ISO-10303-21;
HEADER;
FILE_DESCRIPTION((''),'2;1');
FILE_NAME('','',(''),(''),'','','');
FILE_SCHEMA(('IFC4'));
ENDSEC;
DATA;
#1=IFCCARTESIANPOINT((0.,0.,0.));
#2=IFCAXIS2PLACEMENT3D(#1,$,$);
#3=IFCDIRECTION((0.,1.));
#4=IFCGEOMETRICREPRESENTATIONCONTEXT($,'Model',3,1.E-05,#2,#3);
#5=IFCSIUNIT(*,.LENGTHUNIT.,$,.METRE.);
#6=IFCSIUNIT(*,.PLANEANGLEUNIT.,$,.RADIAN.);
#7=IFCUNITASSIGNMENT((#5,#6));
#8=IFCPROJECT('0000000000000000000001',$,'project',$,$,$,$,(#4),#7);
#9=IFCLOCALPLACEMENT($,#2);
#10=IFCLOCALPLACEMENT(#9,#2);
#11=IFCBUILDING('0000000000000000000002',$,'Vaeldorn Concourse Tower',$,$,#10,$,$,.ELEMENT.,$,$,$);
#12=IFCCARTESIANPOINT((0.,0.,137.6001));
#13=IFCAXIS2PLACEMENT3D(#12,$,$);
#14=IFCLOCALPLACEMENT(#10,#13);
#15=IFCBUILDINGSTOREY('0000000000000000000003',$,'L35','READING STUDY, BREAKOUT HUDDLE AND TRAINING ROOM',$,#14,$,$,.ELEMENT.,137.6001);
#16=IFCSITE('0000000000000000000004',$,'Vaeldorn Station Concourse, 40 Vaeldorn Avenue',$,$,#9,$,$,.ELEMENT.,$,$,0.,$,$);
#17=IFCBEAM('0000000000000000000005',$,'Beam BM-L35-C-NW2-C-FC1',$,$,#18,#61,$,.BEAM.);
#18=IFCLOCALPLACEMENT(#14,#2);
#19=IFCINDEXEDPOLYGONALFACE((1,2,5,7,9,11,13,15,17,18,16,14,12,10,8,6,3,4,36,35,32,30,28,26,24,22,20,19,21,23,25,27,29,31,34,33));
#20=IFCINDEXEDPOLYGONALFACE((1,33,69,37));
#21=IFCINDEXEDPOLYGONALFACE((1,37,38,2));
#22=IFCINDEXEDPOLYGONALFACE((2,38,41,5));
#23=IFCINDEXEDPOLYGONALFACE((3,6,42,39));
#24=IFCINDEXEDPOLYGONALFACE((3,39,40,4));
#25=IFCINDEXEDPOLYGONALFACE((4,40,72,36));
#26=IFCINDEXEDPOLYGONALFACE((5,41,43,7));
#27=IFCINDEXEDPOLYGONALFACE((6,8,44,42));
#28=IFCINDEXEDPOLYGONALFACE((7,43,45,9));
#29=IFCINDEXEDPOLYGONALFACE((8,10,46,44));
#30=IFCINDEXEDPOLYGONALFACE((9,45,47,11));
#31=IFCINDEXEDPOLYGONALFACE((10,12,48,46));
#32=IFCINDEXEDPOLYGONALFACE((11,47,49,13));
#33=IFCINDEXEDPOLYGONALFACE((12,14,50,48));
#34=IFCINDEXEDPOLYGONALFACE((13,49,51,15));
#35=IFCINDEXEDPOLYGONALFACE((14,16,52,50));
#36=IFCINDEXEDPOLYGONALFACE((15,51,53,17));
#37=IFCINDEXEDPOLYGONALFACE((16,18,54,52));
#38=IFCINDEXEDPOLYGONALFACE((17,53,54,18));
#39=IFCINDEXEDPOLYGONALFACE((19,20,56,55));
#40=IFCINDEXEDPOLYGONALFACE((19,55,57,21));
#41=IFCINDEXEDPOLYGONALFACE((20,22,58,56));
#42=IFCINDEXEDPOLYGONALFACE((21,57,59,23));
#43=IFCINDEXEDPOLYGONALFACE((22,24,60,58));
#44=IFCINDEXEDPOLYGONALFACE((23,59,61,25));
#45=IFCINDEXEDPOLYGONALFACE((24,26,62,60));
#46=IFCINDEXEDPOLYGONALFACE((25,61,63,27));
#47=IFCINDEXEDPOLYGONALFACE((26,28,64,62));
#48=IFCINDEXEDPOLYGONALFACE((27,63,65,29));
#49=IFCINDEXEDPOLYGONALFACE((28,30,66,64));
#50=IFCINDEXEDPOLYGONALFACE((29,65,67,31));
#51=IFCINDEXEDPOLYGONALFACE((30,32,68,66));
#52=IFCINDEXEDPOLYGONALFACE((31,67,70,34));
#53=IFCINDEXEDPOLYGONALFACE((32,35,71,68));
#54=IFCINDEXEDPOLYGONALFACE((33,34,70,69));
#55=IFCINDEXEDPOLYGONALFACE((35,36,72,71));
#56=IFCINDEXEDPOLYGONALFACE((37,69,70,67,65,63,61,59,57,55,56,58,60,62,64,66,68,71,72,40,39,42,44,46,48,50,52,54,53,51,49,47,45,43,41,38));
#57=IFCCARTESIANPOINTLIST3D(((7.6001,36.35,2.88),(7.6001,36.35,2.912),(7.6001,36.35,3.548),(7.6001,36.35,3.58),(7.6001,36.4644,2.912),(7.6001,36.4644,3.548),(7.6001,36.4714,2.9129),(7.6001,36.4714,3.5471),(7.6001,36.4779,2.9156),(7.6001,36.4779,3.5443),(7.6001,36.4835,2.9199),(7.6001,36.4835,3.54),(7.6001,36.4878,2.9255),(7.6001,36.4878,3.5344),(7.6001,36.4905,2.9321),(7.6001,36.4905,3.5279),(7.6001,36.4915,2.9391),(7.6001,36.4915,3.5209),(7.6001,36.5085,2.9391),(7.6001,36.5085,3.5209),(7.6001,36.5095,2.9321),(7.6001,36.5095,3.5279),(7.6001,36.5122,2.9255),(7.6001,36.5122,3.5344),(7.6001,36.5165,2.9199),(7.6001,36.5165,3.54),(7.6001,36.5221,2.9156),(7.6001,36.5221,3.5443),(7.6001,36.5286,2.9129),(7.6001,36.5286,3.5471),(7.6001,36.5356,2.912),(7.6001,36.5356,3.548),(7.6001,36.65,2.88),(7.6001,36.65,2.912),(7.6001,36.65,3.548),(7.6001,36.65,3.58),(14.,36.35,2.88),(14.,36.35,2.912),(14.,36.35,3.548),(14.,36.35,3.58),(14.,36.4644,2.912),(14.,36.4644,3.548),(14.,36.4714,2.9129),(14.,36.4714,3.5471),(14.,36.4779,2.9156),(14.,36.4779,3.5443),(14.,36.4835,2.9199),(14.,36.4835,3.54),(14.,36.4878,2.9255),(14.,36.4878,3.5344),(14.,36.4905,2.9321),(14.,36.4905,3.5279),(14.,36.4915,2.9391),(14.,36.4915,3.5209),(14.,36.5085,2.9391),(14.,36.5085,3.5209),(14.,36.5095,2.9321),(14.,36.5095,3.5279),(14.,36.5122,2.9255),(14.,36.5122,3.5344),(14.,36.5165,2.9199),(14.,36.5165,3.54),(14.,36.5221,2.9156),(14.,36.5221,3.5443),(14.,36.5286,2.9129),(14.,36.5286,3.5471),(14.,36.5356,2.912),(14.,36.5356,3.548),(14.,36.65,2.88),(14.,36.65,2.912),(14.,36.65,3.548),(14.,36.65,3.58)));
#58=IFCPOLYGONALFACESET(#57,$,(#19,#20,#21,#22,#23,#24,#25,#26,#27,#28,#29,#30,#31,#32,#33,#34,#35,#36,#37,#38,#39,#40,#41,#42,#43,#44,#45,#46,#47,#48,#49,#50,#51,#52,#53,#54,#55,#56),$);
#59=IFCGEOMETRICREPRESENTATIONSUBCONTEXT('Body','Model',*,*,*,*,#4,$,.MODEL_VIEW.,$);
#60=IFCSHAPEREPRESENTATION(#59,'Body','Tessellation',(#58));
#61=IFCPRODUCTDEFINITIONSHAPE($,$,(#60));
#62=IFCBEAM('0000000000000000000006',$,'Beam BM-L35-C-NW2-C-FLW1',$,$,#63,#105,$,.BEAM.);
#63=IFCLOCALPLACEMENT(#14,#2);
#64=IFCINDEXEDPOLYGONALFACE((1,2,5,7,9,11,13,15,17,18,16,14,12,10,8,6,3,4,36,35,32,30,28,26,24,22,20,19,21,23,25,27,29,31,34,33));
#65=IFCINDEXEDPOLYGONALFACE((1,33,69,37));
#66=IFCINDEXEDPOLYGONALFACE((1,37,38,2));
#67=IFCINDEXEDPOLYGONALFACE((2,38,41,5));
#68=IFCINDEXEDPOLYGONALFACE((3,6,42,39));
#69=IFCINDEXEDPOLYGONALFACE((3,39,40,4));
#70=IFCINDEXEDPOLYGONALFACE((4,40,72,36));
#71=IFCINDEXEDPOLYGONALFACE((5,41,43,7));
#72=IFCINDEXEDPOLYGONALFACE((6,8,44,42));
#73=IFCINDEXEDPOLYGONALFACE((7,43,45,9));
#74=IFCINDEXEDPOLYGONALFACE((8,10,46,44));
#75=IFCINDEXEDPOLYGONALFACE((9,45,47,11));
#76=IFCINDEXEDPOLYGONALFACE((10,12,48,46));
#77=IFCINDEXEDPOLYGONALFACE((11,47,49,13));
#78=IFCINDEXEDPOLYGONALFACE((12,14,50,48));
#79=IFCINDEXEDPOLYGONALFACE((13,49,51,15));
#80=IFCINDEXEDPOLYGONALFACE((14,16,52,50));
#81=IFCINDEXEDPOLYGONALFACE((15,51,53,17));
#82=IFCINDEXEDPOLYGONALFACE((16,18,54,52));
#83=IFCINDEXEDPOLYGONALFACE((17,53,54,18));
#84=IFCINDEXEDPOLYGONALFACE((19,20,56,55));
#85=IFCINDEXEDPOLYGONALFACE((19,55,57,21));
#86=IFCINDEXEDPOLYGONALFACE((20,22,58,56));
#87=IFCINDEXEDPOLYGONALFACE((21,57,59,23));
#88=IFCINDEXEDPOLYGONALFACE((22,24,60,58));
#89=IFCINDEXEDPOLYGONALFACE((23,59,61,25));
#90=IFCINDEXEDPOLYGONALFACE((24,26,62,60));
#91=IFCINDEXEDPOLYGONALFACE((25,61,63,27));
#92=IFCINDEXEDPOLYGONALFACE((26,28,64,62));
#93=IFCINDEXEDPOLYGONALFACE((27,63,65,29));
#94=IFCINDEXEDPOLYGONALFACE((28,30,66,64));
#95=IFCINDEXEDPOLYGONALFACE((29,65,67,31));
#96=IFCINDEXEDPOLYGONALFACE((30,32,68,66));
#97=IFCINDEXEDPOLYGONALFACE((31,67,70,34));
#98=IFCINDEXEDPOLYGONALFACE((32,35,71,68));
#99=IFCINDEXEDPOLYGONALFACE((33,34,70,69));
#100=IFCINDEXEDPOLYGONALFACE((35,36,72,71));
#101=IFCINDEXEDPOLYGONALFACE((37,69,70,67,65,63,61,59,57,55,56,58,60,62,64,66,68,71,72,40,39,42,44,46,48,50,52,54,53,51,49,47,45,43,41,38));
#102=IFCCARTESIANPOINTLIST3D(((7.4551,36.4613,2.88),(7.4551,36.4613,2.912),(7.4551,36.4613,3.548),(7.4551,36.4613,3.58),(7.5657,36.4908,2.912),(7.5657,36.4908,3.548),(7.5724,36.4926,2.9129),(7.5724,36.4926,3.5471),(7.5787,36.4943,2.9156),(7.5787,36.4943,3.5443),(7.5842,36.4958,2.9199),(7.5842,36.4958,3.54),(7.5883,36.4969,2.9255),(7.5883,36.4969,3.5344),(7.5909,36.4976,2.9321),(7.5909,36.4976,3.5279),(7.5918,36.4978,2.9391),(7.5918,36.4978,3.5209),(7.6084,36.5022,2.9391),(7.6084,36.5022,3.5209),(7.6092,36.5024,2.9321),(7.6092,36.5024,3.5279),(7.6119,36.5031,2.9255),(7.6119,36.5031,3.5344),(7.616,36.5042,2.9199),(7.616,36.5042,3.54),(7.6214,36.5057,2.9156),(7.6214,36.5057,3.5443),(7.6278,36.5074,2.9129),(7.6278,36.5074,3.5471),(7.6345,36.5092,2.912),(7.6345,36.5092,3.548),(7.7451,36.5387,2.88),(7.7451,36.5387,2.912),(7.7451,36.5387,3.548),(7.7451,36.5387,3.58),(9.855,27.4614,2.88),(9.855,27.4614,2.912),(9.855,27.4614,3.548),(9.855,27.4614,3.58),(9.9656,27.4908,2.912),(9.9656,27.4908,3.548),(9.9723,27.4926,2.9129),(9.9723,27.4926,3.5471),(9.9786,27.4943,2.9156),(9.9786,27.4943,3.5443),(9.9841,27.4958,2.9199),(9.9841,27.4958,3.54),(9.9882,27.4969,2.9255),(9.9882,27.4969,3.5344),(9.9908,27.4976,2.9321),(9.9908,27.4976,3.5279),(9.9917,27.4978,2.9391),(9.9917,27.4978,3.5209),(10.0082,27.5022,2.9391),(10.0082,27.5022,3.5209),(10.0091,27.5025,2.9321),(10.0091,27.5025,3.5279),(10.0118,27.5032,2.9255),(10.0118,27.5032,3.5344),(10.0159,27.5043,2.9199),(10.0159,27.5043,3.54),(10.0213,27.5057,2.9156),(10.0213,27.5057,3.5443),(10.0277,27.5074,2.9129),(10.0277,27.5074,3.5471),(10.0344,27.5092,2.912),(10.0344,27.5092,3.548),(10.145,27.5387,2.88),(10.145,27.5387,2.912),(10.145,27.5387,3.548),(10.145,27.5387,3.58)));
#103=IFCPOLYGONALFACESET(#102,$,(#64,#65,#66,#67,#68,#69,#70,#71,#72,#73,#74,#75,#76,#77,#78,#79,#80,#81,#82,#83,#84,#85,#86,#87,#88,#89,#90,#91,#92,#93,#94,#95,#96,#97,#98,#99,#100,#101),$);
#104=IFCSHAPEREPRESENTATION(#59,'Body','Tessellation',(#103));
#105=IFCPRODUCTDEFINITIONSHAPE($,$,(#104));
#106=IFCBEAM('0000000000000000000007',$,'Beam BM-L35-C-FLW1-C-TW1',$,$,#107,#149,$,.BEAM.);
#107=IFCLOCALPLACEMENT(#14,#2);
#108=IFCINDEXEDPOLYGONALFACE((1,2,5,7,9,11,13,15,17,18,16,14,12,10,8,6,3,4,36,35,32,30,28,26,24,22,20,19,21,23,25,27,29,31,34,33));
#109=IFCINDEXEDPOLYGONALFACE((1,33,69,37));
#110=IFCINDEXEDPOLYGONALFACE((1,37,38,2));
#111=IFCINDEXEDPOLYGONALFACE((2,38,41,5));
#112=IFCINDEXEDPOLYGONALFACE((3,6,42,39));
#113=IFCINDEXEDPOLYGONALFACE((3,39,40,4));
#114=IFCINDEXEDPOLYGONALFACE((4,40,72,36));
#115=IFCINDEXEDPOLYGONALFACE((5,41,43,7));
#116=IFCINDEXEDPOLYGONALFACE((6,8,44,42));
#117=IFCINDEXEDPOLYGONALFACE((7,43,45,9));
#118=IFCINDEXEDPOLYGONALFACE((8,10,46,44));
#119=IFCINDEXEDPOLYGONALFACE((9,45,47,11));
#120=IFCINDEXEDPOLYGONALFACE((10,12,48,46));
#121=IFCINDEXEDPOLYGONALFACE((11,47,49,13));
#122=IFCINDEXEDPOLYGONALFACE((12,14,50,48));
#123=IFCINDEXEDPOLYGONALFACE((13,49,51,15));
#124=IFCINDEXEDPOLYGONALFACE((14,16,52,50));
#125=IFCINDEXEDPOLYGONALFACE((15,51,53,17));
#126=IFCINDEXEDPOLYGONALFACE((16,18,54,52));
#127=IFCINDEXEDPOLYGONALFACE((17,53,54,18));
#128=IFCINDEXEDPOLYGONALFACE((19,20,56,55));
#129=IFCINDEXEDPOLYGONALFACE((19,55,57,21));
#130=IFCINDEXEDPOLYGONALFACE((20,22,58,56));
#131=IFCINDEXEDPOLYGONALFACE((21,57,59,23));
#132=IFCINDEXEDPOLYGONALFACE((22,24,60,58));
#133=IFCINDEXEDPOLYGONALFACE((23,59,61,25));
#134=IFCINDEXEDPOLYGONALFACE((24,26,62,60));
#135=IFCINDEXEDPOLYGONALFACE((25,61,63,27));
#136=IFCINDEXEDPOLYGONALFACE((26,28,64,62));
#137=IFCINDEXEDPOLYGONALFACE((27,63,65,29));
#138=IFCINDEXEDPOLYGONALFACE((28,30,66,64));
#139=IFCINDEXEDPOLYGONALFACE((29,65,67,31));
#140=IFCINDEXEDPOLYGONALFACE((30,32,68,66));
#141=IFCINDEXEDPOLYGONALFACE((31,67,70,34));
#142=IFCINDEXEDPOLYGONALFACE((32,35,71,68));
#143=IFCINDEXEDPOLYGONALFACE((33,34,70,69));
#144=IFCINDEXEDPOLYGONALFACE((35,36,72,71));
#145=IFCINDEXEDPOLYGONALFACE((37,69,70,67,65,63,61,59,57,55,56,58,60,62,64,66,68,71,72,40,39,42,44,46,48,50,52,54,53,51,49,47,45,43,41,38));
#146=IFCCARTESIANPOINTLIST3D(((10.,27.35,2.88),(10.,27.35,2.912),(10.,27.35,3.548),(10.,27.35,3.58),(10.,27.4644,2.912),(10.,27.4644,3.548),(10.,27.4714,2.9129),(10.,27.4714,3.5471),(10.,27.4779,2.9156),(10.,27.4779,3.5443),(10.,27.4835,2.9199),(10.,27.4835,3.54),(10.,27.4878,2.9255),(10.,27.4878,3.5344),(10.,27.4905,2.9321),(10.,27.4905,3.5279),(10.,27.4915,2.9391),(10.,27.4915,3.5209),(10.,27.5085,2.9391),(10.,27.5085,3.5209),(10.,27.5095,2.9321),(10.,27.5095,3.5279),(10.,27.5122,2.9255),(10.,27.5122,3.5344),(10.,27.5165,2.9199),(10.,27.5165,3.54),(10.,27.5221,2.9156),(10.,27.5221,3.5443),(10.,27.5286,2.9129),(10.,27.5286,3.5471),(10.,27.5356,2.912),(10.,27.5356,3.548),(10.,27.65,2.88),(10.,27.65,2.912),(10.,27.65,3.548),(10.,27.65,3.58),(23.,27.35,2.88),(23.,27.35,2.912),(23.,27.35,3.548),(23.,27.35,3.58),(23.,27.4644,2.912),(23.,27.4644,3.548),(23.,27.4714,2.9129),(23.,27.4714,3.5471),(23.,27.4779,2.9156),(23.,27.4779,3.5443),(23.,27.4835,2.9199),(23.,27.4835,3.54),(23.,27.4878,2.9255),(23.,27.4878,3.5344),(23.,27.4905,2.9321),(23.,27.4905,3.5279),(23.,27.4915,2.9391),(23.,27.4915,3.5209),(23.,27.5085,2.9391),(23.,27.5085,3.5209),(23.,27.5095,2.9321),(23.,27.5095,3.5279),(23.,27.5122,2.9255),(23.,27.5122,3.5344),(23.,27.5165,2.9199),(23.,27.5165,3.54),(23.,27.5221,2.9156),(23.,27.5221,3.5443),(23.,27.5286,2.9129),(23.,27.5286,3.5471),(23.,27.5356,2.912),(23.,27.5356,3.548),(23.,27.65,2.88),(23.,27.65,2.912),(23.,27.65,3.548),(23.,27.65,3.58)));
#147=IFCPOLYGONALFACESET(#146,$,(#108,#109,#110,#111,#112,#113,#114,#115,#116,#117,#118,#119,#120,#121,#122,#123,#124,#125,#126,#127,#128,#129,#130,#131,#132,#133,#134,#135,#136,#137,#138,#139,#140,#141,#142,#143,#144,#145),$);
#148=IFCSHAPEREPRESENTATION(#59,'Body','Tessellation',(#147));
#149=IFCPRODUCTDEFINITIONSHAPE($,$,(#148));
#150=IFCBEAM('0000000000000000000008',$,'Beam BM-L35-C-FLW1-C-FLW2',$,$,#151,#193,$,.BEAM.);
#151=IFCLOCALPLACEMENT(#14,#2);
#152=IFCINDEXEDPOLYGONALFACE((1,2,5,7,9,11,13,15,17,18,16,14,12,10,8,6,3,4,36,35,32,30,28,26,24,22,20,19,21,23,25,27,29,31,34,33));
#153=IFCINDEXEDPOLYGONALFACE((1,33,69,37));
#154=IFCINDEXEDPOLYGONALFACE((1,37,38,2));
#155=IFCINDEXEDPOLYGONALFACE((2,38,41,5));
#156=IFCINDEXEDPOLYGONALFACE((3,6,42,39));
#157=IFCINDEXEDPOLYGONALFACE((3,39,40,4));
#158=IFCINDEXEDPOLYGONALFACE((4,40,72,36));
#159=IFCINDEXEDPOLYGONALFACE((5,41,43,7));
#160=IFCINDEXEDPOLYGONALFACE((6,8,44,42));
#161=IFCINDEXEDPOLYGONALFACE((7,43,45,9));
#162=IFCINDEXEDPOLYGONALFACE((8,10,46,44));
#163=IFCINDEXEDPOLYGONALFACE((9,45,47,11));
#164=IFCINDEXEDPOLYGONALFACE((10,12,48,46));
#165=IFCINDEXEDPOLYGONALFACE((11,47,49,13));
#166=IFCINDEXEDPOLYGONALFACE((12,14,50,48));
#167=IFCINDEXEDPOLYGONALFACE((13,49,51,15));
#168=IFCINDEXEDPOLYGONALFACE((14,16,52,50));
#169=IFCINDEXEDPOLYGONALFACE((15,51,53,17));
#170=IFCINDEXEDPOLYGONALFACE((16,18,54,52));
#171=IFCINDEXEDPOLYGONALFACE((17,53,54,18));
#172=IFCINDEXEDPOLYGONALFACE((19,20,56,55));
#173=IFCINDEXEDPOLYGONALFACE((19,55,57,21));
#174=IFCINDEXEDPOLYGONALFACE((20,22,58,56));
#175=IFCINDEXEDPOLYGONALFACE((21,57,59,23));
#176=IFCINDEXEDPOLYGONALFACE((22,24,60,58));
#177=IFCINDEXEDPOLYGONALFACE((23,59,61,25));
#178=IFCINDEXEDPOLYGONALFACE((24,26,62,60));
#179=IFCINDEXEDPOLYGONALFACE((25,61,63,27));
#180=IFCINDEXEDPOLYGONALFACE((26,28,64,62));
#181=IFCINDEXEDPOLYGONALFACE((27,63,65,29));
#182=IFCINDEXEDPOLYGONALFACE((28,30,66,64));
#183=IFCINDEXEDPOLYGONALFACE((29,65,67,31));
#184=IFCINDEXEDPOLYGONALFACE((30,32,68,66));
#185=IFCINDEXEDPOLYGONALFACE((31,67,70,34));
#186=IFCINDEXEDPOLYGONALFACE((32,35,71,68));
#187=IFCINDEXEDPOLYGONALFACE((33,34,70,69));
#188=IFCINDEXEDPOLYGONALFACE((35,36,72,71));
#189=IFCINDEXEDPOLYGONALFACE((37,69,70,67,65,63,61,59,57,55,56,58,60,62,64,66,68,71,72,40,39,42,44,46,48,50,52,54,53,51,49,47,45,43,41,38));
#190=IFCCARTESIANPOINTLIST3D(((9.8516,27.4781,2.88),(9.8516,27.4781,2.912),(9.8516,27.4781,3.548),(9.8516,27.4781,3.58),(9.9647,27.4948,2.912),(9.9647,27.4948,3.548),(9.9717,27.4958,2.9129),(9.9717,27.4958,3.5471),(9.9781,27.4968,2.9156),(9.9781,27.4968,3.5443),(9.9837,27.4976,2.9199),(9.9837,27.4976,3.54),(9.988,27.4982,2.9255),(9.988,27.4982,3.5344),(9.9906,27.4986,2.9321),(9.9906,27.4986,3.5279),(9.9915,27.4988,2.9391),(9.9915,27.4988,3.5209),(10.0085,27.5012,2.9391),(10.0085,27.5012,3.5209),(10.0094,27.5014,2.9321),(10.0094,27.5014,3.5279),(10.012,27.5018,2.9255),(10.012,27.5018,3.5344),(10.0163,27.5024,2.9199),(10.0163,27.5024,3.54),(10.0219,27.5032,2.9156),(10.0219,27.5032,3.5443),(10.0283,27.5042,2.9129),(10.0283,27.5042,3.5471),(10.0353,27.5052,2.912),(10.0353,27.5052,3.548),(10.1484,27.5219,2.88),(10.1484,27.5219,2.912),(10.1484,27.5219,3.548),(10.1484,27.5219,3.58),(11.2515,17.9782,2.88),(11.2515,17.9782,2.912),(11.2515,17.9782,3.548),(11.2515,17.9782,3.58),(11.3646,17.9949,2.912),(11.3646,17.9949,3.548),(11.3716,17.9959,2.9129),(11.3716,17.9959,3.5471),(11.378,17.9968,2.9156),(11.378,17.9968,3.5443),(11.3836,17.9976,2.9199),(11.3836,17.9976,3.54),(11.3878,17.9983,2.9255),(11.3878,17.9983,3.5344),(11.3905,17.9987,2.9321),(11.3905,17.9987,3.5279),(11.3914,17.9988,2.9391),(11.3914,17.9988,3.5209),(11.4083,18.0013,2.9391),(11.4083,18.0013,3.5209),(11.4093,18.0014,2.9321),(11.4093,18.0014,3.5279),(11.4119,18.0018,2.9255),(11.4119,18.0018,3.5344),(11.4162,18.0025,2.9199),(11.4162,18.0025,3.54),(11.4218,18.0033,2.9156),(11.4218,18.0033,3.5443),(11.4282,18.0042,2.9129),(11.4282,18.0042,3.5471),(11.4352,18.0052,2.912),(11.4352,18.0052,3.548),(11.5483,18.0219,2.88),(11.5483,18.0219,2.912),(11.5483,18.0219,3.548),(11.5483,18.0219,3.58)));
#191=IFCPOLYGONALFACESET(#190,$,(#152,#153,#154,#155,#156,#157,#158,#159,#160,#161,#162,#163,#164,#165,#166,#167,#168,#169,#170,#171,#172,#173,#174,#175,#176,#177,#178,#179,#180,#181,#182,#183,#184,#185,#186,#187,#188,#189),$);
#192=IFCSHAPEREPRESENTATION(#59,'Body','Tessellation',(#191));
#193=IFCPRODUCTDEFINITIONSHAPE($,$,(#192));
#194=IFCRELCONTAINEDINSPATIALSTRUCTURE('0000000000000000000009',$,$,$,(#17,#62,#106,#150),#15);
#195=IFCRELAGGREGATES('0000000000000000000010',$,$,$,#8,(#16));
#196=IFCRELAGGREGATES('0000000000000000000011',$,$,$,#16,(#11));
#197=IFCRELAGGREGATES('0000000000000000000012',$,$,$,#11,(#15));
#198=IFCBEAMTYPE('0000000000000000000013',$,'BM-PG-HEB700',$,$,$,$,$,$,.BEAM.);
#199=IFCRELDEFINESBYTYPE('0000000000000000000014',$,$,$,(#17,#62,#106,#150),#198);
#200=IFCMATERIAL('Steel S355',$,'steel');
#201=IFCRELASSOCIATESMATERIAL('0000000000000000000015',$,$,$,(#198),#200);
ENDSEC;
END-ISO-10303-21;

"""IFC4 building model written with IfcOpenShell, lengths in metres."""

from ifc_helpers import new_model, si_unit, direction, frame, origin, origin_2d, place, context, subcontext, project, spatial, i_section, extrude, source, transform, mapped, material, material_profile, profile_set, type_object, element, save


model = new_model("IFC4")

# Units and contexts
model_context = context("Model", 3, precision=1e-05, world=origin(), true_north=direction((0.0, 1.0)))
body_context = subcontext(model_context, "Body", "Model", "MODEL_VIEW")
ifc_project = project(units=[si_unit("LENGTHUNIT", "METRE"), si_unit("PLANEANGLEUNIT", "RADIAN")], contexts=[model_context])

# Site, building, storey
site_placement = place(None, origin())
site = spatial("IfcSite", under=ifc_project, at=site_placement, Name="Vaeldorn Station Concourse, 40 Vaeldorn Avenue", CompositionType="ELEMENT", RefElevation=0.0)
building_placement = place(site_placement, origin())
building = spatial("IfcBuilding", under=site, at=building_placement, Name="Vaeldorn Concourse Tower", CompositionType="ELEMENT")
storey_placement = place(building_placement, frame((0.0, 0.0, 137.6001)))
storey = spatial("IfcBuildingStorey", under=building, at=storey_placement, Name="L35", Description="READING STUDY, BREAKOUT HUDDLE AND TRAINING ROOM", CompositionType="ELEMENT", Elevation=137.6001)

# Beams
ifc_material_1 = material(Name="Steel S355", Category="steel")
ifc_material_profile_1 = material_profile(ifc_material_1, i_section(OverallWidth=0.3, OverallDepth=0.7, WebThickness=0.0171, FlangeThickness=0.032, FilletRadius=0.0271, at=origin_2d()), Name="HEB 700")
ifc_profile_set_1 = profile_set([ifc_material_profile_1], Name="Steel S355")
beam_type_1 = type_object("IfcBeamType", Name="BM-PG-HEB700", PredefinedType="BEAM", material=ifc_profile_set_1)
shared_shape_1 = source(origin(), body_context, "Body", "SweptSolid", [
    extrude(i_section(OverallWidth=0.3, OverallDepth=0.7, WebThickness=0.0171, FlangeThickness=0.032, FilletRadius=0.0271, at=origin_2d()), origin(), (0.0, 0.0, 1.0), 6.3999),
])
beam_1_placement = place(storey_placement, frame((7.6001, 36.5, 3.23), z_axis=(1.0, 0.0, 0.0), x_axis=(0.0, 1.0, 0.0)))
element("IfcBeam", 1, at=beam_1_placement, inside=storey, type_object=beam_type_1, Name="Beam BM-L35-C-NW2-C-FC1", PredefinedType="BEAM", context=body_context, shape_type="MappedRepresentation", body=[
    mapped(shared_shape_1, transform((0.0, 0.0, 0.0), scale=1.0)),
])
shared_shape_2 = source(origin(), body_context, "Body", "SweptSolid", [
    extrude(i_section(OverallWidth=0.3, OverallDepth=0.7, WebThickness=0.0171, FlangeThickness=0.032, FilletRadius=0.0271, at=origin_2d()), origin(), (0.0, 0.0, 1.0), 9.3145),
])
beam_2_placement = place(storey_placement, frame((7.6001, 36.5, 3.23), z_axis=(0.257653, -0.966238, 0.0), x_axis=(0.966238, 0.257653, 0.0)))
element("IfcBeam", 2, at=beam_2_placement, inside=storey, type_object=beam_type_1, Name="Beam BM-L35-C-NW2-C-FLW1", PredefinedType="BEAM", context=body_context, shape_type="MappedRepresentation", body=[
    mapped(shared_shape_2, transform((0.0, 0.0, 0.0), scale=1.0)),
])
shared_shape_3 = source(origin(), body_context, "Body", "SweptSolid", [
    extrude(i_section(OverallWidth=0.3, OverallDepth=0.7, WebThickness=0.0171, FlangeThickness=0.032, FilletRadius=0.0271, at=origin_2d()), origin(), (0.0, 0.0, 1.0), 13.0),
])
beam_3_placement = place(storey_placement, frame((10.0, 27.5, 3.23), z_axis=(1.0, 0.0, 0.0), x_axis=(0.0, 1.0, 0.0)))
element("IfcBeam", 3, at=beam_3_placement, inside=storey, type_object=beam_type_1, Name="Beam BM-L35-C-FLW1-C-TW1", PredefinedType="BEAM", context=body_context, shape_type="MappedRepresentation", body=[
    mapped(shared_shape_3, transform((0.0, 0.0, 0.0), scale=1.0)),
])
shared_shape_4 = source(origin(), body_context, "Body", "SweptSolid", [
    extrude(i_section(OverallWidth=0.3, OverallDepth=0.7, WebThickness=0.0171, FlangeThickness=0.032, FilletRadius=0.0271, at=origin_2d()), origin(), (0.0, 0.0, 1.0), 9.6025),
])
beam_4_placement = place(storey_placement, frame((10.0, 27.5, 3.23), z_axis=(0.145784, -0.989316, 0.0), x_axis=(0.989316, 0.145784, 0.0)))
element("IfcBeam", 4, at=beam_4_placement, inside=storey, type_object=beam_type_1, Name="Beam BM-L35-C-FLW1-C-FLW2", PredefinedType="BEAM", context=body_context, shape_type="MappedRepresentation", body=[
    mapped(shared_shape_4, transform((0.0, 0.0, 0.0), scale=1.0)),
])

save(model, "model.ifc")
